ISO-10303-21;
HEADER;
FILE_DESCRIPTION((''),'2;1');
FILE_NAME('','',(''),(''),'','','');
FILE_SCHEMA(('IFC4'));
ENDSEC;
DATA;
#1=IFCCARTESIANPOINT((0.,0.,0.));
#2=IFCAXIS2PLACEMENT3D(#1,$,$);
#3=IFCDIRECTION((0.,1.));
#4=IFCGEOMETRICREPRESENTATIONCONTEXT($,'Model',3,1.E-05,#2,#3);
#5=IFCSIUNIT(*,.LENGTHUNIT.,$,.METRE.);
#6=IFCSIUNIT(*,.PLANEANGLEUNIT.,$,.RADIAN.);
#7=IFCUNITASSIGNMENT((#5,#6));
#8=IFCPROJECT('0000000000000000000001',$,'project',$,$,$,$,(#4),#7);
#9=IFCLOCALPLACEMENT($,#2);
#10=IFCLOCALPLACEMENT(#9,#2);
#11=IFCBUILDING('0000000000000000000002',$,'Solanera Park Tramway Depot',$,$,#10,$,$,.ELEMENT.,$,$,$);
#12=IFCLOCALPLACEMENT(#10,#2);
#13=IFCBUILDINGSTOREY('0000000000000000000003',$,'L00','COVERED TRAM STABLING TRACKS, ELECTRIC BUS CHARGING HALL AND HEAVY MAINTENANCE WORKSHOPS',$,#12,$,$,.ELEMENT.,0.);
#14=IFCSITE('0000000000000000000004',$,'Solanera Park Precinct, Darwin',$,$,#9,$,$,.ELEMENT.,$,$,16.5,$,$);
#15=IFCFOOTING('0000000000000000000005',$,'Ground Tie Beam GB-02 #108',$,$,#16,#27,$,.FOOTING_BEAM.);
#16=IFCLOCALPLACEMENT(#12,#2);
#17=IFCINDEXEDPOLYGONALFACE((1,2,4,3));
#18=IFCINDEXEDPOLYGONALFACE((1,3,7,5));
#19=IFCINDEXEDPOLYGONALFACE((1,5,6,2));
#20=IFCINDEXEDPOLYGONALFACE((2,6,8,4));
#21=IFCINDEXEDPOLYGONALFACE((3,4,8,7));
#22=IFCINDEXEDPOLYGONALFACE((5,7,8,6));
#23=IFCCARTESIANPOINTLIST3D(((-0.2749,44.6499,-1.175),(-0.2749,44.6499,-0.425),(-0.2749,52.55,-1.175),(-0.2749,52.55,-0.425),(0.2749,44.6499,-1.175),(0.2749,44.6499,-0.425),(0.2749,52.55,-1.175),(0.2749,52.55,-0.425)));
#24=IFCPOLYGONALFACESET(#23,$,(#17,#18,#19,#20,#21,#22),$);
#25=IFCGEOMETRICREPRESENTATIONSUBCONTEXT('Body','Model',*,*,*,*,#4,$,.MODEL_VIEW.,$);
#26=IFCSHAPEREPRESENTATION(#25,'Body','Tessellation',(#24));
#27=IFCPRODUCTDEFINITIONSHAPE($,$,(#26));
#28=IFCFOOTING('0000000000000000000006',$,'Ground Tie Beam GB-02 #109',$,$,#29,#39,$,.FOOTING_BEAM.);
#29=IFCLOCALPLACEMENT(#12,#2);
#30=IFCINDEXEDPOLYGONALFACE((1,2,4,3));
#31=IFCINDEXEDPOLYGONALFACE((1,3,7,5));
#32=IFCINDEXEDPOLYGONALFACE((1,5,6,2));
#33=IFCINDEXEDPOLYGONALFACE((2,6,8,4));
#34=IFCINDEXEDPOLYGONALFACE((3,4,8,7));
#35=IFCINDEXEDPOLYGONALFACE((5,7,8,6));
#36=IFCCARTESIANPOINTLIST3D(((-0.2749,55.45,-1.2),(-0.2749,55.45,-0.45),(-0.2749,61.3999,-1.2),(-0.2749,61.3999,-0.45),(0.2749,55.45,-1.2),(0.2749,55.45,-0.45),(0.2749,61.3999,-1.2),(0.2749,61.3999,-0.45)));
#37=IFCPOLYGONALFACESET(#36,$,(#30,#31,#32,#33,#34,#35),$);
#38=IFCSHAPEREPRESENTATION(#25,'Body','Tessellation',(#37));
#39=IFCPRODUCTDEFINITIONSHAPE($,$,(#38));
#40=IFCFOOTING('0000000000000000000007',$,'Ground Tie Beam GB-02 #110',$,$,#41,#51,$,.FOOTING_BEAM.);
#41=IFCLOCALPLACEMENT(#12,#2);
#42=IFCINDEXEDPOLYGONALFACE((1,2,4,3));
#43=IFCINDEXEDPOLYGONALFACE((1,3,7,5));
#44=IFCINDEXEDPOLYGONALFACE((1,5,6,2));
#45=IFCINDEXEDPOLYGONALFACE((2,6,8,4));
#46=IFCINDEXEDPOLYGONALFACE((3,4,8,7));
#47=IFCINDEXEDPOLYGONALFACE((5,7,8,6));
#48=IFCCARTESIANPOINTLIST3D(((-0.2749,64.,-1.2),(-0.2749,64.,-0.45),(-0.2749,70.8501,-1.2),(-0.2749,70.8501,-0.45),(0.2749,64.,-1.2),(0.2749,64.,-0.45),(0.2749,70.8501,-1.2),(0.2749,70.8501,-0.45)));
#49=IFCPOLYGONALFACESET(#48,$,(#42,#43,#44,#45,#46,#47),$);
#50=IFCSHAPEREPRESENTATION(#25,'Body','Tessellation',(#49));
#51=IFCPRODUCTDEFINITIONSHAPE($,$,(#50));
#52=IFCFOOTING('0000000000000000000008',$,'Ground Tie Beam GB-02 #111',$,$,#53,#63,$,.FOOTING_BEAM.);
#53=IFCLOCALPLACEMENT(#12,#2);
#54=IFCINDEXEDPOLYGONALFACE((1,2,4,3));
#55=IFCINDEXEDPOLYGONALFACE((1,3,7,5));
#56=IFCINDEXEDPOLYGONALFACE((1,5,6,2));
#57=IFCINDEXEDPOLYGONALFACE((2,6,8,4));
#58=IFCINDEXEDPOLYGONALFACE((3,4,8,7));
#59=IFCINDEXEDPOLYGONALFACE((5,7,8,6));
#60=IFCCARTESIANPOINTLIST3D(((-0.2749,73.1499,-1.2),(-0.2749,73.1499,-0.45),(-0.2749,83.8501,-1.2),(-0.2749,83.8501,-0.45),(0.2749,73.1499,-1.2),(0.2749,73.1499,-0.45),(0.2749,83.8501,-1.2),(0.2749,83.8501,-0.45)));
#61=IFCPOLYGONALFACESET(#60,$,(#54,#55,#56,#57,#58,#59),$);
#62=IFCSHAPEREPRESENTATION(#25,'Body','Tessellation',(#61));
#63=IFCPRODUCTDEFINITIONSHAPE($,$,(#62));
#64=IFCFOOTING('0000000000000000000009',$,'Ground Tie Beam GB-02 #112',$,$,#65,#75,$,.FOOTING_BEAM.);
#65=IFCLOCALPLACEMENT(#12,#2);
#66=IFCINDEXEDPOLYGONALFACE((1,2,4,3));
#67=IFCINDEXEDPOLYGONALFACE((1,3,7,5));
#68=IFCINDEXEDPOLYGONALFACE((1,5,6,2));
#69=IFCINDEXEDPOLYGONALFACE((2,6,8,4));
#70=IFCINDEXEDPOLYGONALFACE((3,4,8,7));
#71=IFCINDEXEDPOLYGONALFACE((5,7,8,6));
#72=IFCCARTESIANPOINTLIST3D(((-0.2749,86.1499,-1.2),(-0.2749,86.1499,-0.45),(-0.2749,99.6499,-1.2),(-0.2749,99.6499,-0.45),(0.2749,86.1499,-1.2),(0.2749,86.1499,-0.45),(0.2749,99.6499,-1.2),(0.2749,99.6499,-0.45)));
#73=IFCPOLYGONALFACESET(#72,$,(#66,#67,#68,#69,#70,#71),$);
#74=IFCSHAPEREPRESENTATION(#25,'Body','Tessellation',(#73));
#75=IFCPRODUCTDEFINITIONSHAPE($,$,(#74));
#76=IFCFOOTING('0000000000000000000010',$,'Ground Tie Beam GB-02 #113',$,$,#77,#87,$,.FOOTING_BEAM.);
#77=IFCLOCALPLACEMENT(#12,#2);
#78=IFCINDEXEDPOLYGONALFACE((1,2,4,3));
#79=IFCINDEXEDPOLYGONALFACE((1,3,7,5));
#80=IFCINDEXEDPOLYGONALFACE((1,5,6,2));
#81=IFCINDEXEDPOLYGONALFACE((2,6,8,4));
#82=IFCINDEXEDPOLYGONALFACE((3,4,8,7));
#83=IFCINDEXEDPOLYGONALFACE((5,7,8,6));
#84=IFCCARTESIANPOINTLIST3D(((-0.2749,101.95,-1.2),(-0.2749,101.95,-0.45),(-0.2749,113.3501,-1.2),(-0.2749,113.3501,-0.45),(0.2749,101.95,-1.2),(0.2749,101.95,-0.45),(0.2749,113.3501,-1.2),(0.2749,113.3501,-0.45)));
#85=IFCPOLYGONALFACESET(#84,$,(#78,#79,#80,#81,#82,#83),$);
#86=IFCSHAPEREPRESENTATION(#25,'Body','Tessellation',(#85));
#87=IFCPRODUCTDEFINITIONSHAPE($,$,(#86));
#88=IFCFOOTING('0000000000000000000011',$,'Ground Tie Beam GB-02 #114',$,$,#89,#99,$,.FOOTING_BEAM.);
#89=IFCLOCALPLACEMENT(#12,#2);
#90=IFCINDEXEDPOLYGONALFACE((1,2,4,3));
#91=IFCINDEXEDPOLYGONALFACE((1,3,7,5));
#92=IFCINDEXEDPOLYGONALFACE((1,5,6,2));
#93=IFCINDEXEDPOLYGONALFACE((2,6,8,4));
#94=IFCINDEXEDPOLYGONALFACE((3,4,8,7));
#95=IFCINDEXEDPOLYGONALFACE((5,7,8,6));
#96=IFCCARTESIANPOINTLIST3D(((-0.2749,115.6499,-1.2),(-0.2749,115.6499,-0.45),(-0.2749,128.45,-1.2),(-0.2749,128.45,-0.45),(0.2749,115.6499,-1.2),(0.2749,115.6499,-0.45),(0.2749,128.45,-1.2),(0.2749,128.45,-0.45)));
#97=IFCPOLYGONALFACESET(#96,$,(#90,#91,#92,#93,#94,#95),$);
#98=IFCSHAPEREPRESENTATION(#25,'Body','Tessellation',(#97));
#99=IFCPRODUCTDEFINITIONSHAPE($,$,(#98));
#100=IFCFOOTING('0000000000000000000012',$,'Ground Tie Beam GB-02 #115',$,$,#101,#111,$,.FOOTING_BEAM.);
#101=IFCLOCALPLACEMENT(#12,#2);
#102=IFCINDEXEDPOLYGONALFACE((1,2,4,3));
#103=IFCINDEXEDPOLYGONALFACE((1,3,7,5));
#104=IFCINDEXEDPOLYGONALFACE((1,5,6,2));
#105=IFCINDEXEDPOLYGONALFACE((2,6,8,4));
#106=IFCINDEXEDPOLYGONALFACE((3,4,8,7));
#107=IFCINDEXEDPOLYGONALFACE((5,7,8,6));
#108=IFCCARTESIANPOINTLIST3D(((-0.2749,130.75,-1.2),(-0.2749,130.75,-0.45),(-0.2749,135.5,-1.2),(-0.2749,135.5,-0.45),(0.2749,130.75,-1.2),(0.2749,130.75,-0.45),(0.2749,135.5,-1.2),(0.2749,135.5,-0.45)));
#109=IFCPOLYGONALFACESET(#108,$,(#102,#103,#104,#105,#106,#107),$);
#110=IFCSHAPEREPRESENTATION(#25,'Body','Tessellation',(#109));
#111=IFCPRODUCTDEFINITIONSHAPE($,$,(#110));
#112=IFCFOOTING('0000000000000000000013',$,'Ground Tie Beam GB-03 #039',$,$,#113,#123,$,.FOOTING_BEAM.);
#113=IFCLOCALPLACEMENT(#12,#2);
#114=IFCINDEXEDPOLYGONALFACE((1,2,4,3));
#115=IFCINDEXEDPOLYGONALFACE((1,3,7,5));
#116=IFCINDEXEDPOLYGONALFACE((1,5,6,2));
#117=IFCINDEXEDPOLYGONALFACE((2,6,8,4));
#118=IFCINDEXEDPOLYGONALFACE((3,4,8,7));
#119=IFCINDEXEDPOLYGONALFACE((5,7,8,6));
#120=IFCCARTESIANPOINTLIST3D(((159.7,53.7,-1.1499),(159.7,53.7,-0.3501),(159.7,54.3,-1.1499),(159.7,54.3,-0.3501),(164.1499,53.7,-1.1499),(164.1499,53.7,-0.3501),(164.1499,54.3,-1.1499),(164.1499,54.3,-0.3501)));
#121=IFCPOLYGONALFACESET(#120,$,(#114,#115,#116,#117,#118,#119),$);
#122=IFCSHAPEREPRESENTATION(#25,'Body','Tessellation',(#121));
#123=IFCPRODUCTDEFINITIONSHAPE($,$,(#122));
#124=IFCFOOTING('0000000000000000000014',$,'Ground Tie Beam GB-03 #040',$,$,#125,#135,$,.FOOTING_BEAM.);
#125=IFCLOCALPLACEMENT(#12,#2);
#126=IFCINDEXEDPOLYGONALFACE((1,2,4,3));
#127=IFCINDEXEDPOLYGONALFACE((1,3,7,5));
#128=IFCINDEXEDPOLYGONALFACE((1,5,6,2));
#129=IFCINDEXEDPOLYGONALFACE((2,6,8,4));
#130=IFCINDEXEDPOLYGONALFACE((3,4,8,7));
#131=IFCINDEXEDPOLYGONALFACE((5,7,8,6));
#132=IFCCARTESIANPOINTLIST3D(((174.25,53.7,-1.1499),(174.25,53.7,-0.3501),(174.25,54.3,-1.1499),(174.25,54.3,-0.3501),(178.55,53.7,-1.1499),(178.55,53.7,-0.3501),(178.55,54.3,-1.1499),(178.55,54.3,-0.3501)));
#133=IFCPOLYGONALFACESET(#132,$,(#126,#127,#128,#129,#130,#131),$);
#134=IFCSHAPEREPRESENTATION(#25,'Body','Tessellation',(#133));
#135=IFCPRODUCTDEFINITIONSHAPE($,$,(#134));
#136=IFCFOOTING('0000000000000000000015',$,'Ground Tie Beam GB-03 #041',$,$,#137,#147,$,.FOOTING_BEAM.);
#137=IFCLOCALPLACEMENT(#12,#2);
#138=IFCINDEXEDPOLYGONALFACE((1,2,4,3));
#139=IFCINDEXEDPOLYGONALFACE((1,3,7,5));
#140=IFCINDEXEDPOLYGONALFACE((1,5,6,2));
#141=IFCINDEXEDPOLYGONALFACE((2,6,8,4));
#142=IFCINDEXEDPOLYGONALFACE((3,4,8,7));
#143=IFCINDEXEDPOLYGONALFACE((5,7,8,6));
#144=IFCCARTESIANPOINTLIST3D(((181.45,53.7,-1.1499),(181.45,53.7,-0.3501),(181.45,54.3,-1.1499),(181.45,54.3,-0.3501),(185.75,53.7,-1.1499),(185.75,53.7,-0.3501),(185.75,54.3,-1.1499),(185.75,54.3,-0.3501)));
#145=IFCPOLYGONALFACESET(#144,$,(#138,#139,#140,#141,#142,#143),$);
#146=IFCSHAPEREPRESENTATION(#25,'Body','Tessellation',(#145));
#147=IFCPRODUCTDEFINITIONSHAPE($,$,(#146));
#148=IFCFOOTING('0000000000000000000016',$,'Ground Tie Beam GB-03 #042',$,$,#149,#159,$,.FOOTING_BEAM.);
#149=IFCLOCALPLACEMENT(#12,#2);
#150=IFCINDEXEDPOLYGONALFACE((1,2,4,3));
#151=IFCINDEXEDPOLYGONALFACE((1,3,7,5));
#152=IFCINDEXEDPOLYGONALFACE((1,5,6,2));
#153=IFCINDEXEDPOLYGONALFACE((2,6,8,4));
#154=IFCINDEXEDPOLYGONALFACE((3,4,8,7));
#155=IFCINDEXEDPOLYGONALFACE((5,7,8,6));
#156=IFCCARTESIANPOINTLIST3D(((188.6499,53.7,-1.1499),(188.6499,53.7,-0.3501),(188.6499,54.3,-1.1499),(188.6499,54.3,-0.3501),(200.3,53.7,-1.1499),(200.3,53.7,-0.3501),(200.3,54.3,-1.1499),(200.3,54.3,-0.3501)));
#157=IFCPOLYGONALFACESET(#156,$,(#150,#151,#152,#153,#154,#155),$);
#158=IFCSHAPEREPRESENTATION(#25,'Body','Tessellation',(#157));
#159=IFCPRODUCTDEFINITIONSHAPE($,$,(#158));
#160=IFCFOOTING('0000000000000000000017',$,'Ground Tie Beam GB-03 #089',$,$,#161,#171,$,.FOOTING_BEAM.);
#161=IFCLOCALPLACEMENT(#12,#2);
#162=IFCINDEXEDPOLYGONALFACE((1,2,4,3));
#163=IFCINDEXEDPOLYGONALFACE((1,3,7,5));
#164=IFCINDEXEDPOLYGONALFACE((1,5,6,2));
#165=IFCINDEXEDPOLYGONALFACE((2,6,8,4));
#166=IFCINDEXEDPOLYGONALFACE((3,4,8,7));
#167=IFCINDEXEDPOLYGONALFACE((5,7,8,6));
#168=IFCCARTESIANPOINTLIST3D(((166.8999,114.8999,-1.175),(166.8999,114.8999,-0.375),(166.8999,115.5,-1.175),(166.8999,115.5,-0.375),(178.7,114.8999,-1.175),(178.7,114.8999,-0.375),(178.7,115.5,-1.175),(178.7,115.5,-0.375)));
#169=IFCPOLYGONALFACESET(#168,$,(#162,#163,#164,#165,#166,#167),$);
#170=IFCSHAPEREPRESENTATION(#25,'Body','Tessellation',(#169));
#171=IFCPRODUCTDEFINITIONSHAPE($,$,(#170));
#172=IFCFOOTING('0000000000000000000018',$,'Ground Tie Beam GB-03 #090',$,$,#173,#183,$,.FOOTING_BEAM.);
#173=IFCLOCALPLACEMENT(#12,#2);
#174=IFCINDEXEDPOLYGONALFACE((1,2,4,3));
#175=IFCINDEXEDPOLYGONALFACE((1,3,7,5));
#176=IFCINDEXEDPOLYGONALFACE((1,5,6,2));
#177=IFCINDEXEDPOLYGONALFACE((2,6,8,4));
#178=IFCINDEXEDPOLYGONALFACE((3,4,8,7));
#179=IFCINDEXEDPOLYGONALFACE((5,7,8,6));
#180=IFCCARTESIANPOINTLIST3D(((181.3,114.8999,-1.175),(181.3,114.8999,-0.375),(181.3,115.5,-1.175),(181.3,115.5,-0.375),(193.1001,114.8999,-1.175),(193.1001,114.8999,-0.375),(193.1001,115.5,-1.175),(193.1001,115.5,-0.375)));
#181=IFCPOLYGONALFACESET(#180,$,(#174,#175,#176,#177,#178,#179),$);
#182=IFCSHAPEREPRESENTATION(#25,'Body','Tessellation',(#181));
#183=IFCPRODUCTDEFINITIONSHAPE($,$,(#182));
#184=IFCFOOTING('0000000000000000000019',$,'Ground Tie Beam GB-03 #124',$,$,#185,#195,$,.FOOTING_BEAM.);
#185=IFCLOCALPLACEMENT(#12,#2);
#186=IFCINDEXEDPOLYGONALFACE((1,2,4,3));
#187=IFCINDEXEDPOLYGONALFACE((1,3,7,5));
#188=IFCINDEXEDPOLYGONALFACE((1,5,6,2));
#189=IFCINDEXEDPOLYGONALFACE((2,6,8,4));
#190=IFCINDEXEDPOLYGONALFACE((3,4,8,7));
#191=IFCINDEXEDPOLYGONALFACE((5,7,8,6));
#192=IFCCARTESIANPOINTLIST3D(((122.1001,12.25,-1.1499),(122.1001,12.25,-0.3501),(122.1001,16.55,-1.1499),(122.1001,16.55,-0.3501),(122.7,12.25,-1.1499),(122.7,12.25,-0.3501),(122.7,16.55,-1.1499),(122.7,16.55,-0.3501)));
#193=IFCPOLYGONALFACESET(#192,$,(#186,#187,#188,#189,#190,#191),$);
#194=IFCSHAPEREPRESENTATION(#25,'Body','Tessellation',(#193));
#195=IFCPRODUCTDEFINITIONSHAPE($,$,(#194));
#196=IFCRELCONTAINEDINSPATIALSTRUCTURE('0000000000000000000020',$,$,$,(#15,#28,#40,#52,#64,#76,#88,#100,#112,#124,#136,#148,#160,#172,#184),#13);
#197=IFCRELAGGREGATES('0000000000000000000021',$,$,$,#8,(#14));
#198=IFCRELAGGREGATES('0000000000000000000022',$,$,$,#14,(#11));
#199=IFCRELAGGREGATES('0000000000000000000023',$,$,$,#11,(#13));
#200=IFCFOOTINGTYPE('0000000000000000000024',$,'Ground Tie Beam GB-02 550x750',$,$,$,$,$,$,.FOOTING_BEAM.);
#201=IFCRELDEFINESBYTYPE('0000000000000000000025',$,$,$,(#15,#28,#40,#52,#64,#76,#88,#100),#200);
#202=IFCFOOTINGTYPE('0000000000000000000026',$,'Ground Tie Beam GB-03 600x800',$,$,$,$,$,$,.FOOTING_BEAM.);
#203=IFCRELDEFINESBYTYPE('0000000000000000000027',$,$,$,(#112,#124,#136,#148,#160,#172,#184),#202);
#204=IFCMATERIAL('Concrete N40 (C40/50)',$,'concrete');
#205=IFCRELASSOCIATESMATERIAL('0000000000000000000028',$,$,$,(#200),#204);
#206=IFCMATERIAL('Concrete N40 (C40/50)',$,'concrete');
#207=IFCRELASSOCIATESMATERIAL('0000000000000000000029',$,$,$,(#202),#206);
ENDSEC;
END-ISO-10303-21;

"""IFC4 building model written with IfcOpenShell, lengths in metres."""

from ifc_helpers import new_model, si_unit, direction, frame, origin, place, context, subcontext, project, spatial, polyline, outline, extrude, material, type_object, element, save


model = new_model("IFC4")

# Units and contexts
model_context = context("Model", 3, precision=1e-05, world=origin(), true_north=direction((0.0, 1.0)))
body_context = subcontext(model_context, "Body", "Model", "MODEL_VIEW")
ifc_project = project(units=[si_unit("LENGTHUNIT", "METRE"), si_unit("PLANEANGLEUNIT", "RADIAN")], contexts=[model_context])

# Site, building, storey
site_placement = place(None, origin())
site = spatial("IfcSite", under=ifc_project, at=site_placement, Name="Solanera Park Precinct, Darwin", CompositionType="ELEMENT", RefElevation=16.5)
building_placement = place(site_placement, origin())
building = spatial("IfcBuilding", under=site, at=building_placement, Name="Solanera Park Tramway Depot", CompositionType="ELEMENT")
storey_placement = place(building_placement, origin())
storey = spatial("IfcBuildingStorey", under=building, at=storey_placement, Name="L00", Description="COVERED TRAM STABLING TRACKS, ELECTRIC BUS CHARGING HALL AND HEAVY MAINTENANCE WORKSHOPS", CompositionType="ELEMENT", Elevation=0.0)

# Footings
ifc_material_1 = material(Name="Concrete N40 (C40/50)", Category="concrete")
footing_type_1 = type_object("IfcFootingType", Name="Ground Tie Beam GB-02 550x750", PredefinedType="FOOTING_BEAM", material=ifc_material_1)
footing_1_placement = place(storey_placement, frame((0.0, 0.0, -1.175)))
element("IfcFooting", 1, at=footing_1_placement, inside=storey, type_object=footing_type_1, Name="Ground Tie Beam GB-02 #108", PredefinedType="FOOTING_BEAM", context=body_context, shape_type="SweptSolid", body=[
    extrude(outline(polyline([(0.2749, 44.6499), (0.2749, 52.55), (-0.2749, 52.55), (-0.2749, 44.6499), (0.2749, 44.6499)])), origin(), (0.0, 0.0, 1.0), 0.75),
])
footing_2_placement = place(storey_placement, frame((0.0, 0.0, -1.2)))
element("IfcFooting", 2, at=footing_2_placement, inside=storey, type_object=footing_type_1, Name="Ground Tie Beam GB-02 #109", PredefinedType="FOOTING_BEAM", context=body_context, shape_type="SweptSolid", body=[
    extrude(outline(polyline([(0.2749, 55.45), (0.2749, 61.3999), (-0.2749, 61.3999), (-0.2749, 55.45), (0.2749, 55.45)])), origin(), (0.0, 0.0, 1.0), 0.75),
])
footing_3_placement = place(storey_placement, frame((0.0, 0.0, -1.2)))
element("IfcFooting", 3, at=footing_3_placement, inside=storey, type_object=footing_type_1, Name="Ground Tie Beam GB-02 #110", PredefinedType="FOOTING_BEAM", context=body_context, shape_type="SweptSolid", body=[
    extrude(outline(polyline([(0.2749, 64.0), (0.2749, 70.8501), (-0.2749, 70.8501), (-0.2749, 64.0), (0.2749, 64.0)])), origin(), (0.0, 0.0, 1.0), 0.75),
])
footing_4_placement = place(storey_placement, frame((0.0, 0.0, -1.2)))
element("IfcFooting", 4, at=footing_4_placement, inside=storey, type_object=footing_type_1, Name="Ground Tie Beam GB-02 #111", PredefinedType="FOOTING_BEAM", context=body_context, shape_type="SweptSolid", body=[
    extrude(outline(polyline([(0.2749, 73.1499), (0.2749, 83.8501), (-0.2749, 83.8501), (-0.2749, 73.1499), (0.2749, 73.1499)])), origin(), (0.0, 0.0, 1.0), 0.75),
])
footing_5_placement = place(storey_placement, frame((0.0, 0.0, -1.2)))
element("IfcFooting", 5, at=footing_5_placement, inside=storey, type_object=footing_type_1, Name="Ground Tie Beam GB-02 #112", PredefinedType="FOOTING_BEAM", context=body_context, shape_type="SweptSolid", body=[
    extrude(outline(polyline([(0.2749, 86.1499), (0.2749, 99.6499), (-0.2749, 99.6499), (-0.2749, 86.1499), (0.2749, 86.1499)])), origin(), (0.0, 0.0, 1.0), 0.75),
])
footing_6_placement = place(storey_placement, frame((0.0, 0.0, -1.2)))
element("IfcFooting", 6, at=footing_6_placement, inside=storey, type_object=footing_type_1, Name="Ground Tie Beam GB-02 #113", PredefinedType="FOOTING_BEAM", context=body_context, shape_type="SweptSolid", body=[
    extrude(outline(polyline([(0.2749, 101.95), (0.2749, 113.3501), (-0.2749, 113.3501), (-0.2749, 101.95), (0.2749, 101.95)])), origin(), (0.0, 0.0, 1.0), 0.75),
])
footing_7_placement = place(storey_placement, frame((0.0, 0.0, -1.2)))
element("IfcFooting", 7, at=footing_7_placement, inside=storey, type_object=footing_type_1, Name="Ground Tie Beam GB-02 #114", PredefinedType="FOOTING_BEAM", context=body_context, shape_type="SweptSolid", body=[
    extrude(outline(polyline([(0.2749, 115.6499), (0.2749, 128.45), (-0.2749, 128.45), (-0.2749, 115.6499), (0.2749, 115.6499)])), origin(), (0.0, 0.0, 1.0), 0.75),
])
footing_8_placement = place(storey_placement, frame((0.0, 0.0, -1.2)))
element("IfcFooting", 8, at=footing_8_placement, inside=storey, type_object=footing_type_1, Name="Ground Tie Beam GB-02 #115", PredefinedType="FOOTING_BEAM", context=body_context, shape_type="SweptSolid", body=[
    extrude(outline(polyline([(0.2749, 130.75), (0.2749, 135.5), (-0.2749, 135.5), (-0.2749, 130.75), (0.2749, 130.75)])), origin(), (0.0, 0.0, 1.0), 0.75),
])
ifc_material_2 = material(Name="Concrete N40 (C40/50)", Category="concrete")
footing_type_2 = type_object("IfcFootingType", Name="Ground Tie Beam GB-03 600x800", PredefinedType="FOOTING_BEAM", material=ifc_material_2)
footing_9_placement = place(storey_placement, frame((0.0, 0.0, -1.1499)))
element("IfcFooting", 9, at=footing_9_placement, inside=storey, type_object=footing_type_2, Name="Ground Tie Beam GB-03 #039", PredefinedType="FOOTING_BEAM", context=body_context, shape_type="SweptSolid", body=[
    extrude(outline(polyline([(164.1499, 53.7), (164.1499, 54.3), (159.7, 54.3), (159.7, 53.7), (164.1499, 53.7)])), origin(), (0.0, 0.0, 1.0), 0.7998),
])
footing_10_placement = place(storey_placement, frame((0.0, 0.0, -1.1499)))
element("IfcFooting", 10, at=footing_10_placement, inside=storey, type_object=footing_type_2, Name="Ground Tie Beam GB-03 #040", PredefinedType="FOOTING_BEAM", context=body_context, shape_type="SweptSolid", body=[
    extrude(outline(polyline([(178.55, 53.7), (178.55, 54.3), (174.25, 54.3), (174.25, 53.7), (178.55, 53.7)])), origin(), (0.0, 0.0, 1.0), 0.7998),
])
footing_11_placement = place(storey_placement, frame((0.0, 0.0, -1.1499)))
element("IfcFooting", 11, at=footing_11_placement, inside=storey, type_object=footing_type_2, Name="Ground Tie Beam GB-03 #041", PredefinedType="FOOTING_BEAM", context=body_context, shape_type="SweptSolid", body=[
    extrude(outline(polyline([(185.75, 53.7), (185.75, 54.3), (181.45, 54.3), (181.45, 53.7), (185.75, 53.7)])), origin(), (0.0, 0.0, 1.0), 0.7998),
])
footing_12_placement = place(storey_placement, frame((0.0, 0.0, -1.1499)))
element("IfcFooting", 12, at=footing_12_placement, inside=storey, type_object=footing_type_2, Name="Ground Tie Beam GB-03 #042", PredefinedType="FOOTING_BEAM", context=body_context, shape_type="SweptSolid", body=[
    extrude(outline(polyline([(200.3, 53.7), (200.3, 54.3), (188.6499, 54.3), (188.6499, 53.7), (200.3, 53.7)])), origin(), (0.0, 0.0, 1.0), 0.7998),
])
footing_13_placement = place(storey_placement, frame((0.0, 0.0, -1.175)))
element("IfcFooting", 13, at=footing_13_placement, inside=storey, type_object=footing_type_2, Name="Ground Tie Beam GB-03 #089", PredefinedType="FOOTING_BEAM", context=body_context, shape_type="SweptSolid", body=[
    extrude(outline(polyline([(178.7, 114.8999), (178.7, 115.5), (166.8999, 115.5), (166.8999, 114.8999), (178.7, 114.8999)])), origin(), (0.0, 0.0, 1.0), 0.8),
])
footing_14_placement = place(storey_placement, frame((0.0, 0.0, -1.175)))
element("IfcFooting", 14, at=footing_14_placement, inside=storey, type_object=footing_type_2, Name="Ground Tie Beam GB-03 #090", PredefinedType="FOOTING_BEAM", context=body_context, shape_type="SweptSolid", body=[
    extrude(outline(polyline([(193.1001, 114.8999), (193.1001, 115.5), (181.3, 115.5), (181.3, 114.8999), (193.1001, 114.8999)])), origin(), (0.0, 0.0, 1.0), 0.8),
])
footing_15_placement = place(storey_placement, frame((0.0, 0.0, -1.1499)))
element("IfcFooting", 15, at=footing_15_placement, inside=storey, type_object=footing_type_2, Name="Ground Tie Beam GB-03 #124", PredefinedType="FOOTING_BEAM", context=body_context, shape_type="SweptSolid", body=[
    extrude(outline(polyline([(122.7, 12.25), (122.7, 16.55), (122.1001, 16.55), (122.1001, 12.25), (122.7, 12.25)])), origin(), (0.0, 0.0, 1.0), 0.7998),
])

save(model, "model.ifc")
